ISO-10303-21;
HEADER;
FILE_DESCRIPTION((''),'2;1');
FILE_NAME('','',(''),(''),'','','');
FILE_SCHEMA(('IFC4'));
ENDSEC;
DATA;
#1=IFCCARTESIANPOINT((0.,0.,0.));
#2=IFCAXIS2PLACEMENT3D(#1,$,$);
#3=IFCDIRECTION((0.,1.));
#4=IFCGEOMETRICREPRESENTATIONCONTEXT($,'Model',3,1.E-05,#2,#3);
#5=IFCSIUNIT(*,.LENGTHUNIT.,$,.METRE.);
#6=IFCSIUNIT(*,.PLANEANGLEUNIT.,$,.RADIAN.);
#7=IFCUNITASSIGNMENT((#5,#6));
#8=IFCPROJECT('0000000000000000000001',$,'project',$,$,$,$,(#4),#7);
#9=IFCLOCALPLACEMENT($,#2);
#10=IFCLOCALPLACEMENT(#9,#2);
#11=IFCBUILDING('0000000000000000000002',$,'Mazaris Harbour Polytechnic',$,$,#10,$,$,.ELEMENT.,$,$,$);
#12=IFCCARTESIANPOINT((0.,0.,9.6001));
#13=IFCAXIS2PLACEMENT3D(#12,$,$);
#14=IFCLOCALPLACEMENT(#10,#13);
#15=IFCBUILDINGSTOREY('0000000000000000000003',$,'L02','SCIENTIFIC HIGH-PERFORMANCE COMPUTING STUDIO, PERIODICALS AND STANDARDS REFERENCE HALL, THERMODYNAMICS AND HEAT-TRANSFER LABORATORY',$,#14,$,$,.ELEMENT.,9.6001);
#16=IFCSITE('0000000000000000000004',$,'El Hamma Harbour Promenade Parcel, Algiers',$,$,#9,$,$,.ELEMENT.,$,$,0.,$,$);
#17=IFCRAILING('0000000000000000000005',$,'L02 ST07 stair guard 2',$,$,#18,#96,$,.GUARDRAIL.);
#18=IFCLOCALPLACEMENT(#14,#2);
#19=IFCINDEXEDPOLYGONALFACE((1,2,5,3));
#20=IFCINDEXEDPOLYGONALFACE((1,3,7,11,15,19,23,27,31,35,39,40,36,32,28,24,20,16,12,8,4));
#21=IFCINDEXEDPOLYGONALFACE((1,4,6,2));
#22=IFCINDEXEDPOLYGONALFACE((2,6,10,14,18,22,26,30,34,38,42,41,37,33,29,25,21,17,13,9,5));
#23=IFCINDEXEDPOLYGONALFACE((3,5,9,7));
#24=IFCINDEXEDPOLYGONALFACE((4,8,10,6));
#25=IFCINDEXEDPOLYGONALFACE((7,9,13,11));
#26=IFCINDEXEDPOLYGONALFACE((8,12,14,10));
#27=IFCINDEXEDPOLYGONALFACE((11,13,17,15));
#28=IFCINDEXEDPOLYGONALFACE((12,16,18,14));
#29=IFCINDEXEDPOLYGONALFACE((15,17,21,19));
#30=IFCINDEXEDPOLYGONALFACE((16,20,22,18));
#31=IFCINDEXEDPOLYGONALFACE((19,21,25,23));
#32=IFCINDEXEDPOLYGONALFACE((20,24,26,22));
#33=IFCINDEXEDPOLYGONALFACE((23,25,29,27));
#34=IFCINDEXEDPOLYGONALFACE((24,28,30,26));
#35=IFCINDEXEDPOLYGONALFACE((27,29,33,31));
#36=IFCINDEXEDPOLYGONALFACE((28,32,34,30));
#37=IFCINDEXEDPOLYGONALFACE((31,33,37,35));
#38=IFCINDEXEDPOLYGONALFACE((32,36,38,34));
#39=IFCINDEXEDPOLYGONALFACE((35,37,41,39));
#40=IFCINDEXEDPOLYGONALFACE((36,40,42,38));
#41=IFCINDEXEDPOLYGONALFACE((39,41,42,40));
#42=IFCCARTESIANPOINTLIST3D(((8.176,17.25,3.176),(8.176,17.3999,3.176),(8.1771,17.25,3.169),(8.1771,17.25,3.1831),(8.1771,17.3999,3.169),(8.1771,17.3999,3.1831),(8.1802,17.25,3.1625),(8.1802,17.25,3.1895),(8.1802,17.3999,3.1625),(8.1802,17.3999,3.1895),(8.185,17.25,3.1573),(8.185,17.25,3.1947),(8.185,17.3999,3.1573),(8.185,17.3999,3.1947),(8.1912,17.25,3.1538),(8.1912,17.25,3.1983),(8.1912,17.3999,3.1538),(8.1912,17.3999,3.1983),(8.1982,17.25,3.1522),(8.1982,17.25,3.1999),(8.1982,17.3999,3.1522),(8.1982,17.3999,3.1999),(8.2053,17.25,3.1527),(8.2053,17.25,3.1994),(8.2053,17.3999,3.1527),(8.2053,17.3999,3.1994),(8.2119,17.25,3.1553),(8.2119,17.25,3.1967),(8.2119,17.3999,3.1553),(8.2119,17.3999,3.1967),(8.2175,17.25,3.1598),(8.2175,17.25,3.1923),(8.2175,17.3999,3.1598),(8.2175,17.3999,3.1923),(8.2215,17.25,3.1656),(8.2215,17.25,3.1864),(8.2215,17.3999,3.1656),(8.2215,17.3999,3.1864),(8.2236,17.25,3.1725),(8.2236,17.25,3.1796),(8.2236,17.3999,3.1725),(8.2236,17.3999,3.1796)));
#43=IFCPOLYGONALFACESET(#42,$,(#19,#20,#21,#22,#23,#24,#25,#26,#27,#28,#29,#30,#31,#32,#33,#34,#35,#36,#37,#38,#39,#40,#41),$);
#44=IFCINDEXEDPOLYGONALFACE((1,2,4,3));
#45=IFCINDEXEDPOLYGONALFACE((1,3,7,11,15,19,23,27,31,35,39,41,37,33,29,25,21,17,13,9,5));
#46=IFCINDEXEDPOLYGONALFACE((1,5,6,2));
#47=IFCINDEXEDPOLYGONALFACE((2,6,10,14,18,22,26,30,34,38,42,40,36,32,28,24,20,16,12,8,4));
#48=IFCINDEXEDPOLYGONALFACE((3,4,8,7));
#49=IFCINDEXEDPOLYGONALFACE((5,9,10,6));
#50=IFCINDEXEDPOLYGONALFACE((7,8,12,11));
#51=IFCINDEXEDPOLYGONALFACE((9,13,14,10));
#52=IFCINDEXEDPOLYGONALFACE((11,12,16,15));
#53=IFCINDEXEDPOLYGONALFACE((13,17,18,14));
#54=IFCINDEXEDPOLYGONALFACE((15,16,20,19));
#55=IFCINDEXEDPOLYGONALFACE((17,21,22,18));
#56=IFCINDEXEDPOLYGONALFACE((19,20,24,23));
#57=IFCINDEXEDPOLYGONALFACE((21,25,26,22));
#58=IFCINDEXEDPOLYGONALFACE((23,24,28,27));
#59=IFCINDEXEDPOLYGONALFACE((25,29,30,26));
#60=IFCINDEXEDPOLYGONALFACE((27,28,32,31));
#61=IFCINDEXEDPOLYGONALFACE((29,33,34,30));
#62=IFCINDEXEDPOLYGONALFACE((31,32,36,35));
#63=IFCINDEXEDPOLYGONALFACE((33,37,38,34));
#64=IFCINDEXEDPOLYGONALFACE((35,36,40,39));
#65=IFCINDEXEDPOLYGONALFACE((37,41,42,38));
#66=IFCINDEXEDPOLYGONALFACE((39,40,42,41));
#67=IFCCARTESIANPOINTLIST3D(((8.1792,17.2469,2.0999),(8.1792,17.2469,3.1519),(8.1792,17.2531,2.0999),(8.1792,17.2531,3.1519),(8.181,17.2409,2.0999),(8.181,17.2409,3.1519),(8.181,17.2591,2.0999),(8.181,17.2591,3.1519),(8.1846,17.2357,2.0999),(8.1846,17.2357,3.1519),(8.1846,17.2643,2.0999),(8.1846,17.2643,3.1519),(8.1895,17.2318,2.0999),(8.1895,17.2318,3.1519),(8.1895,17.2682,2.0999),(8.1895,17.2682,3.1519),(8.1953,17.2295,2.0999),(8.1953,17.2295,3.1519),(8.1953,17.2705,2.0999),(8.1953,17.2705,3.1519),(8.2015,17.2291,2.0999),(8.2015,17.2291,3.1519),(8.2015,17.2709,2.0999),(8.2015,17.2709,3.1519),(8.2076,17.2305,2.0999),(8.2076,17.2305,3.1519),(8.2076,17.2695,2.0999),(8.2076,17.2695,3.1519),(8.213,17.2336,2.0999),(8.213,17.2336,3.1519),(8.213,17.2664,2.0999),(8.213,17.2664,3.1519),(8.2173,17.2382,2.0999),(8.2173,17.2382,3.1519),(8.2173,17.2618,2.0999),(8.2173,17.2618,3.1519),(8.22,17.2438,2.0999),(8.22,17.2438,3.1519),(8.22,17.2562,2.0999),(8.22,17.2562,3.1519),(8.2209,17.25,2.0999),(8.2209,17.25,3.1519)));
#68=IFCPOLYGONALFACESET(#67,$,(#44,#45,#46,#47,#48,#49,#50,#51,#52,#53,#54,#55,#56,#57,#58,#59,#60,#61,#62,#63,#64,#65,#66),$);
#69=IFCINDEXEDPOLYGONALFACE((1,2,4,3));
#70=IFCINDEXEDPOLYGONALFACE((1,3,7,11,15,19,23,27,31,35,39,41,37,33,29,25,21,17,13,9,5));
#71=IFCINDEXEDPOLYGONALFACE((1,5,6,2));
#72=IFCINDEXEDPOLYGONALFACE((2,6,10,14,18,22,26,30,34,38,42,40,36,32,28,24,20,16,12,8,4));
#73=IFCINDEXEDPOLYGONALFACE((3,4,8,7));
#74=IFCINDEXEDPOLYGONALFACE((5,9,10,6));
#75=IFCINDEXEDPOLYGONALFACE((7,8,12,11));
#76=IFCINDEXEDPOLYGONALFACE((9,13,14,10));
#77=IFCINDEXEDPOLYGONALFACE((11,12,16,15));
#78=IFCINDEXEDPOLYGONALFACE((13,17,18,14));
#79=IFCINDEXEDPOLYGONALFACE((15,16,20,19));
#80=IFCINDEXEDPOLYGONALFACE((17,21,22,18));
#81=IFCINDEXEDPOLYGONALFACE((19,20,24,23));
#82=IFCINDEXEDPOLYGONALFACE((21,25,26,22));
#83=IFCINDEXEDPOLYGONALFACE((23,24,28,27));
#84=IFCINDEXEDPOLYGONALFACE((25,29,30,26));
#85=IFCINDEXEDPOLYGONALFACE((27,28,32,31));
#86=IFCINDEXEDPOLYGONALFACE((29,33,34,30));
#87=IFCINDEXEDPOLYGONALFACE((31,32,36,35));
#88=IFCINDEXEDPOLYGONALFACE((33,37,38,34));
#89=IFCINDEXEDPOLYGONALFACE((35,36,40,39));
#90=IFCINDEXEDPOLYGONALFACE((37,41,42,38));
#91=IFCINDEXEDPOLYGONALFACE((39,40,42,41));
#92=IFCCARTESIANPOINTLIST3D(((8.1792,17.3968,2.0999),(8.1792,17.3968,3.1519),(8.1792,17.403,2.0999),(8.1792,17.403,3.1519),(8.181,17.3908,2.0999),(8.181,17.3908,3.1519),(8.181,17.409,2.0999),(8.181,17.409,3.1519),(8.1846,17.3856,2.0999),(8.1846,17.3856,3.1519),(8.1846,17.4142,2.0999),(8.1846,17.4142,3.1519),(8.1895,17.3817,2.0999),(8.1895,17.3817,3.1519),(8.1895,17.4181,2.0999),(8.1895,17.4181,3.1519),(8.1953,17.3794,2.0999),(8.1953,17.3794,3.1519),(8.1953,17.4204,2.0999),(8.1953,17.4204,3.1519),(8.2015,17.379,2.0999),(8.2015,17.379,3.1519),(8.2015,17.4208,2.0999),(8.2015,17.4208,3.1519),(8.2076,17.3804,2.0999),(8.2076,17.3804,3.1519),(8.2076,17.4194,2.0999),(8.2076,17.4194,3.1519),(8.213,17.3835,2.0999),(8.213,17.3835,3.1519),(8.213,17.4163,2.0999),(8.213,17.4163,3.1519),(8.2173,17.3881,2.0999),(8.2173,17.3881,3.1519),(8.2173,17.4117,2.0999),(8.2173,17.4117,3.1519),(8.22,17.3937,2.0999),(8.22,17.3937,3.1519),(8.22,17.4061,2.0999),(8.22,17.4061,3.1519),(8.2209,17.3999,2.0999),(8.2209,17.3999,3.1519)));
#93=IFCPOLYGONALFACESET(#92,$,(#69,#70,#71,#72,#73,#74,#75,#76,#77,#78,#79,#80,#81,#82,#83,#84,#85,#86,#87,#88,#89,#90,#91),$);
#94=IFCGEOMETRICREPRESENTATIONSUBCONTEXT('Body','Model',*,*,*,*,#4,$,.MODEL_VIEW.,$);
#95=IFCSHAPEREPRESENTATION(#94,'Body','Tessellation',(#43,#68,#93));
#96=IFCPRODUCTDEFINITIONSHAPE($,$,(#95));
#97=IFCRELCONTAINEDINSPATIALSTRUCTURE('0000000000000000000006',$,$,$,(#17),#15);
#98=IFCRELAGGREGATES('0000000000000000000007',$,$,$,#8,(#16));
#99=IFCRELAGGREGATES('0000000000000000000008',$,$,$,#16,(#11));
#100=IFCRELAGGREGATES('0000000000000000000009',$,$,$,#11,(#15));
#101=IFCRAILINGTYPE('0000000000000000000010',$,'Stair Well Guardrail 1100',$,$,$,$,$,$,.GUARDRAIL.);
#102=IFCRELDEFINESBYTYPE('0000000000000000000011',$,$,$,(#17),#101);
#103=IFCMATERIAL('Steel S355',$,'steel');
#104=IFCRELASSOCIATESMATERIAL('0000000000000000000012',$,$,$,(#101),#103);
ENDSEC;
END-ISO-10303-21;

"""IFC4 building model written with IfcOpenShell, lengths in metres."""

from ifc_helpers import new_model, si_unit, direction, frame, origin, origin_2d, place, context, subcontext, project, spatial, circle, extrude, material, type_object, element, save


model = new_model("IFC4")

# Units and contexts
model_context = context("Model", 3, precision=1e-05, world=origin(), true_north=direction((0.0, 1.0)))
body_context = subcontext(model_context, "Body", "Model", "MODEL_VIEW")
ifc_project = project(units=[si_unit("LENGTHUNIT", "METRE"), si_unit("PLANEANGLEUNIT", "RADIAN")], contexts=[model_context])

# Site, building, storey
site_placement = place(None, origin())
site = spatial("IfcSite", under=ifc_project, at=site_placement, Name="El Hamma Harbour Promenade Parcel, Algiers", CompositionType="ELEMENT", RefElevation=0.0)
building_placement = place(site_placement, origin())
building = spatial("IfcBuilding", under=site, at=building_placement, Name="Mazaris Harbour Polytechnic", CompositionType="ELEMENT")
storey_placement = place(building_placement, frame((0.0, 0.0, 9.6001)))
storey = spatial("IfcBuildingStorey", under=building, at=storey_placement, Name="L02", Description="SCIENTIFIC HIGH-PERFORMANCE COMPUTING STUDIO, PERIODICALS AND STANDARDS REFERENCE HALL, THERMODYNAMICS AND HEAT-TRANSFER LABORATORY", CompositionType="ELEMENT", Elevation=9.6001)

# Railing
ifc_material_1 = material(Name="Steel S355", Category="steel")
railing_type_1 = type_object("IfcRailingType", Name="Stair Well Guardrail 1100", PredefinedType="GUARDRAIL", material=ifc_material_1)
railing_1_placement = place(storey_placement, frame((8.2, 17.25, 2.0999)))
element("IfcRailing", 1, at=railing_1_placement, inside=storey, type_object=railing_type_1, Name="L02 ST07 stair guard 2", PredefinedType="GUARDRAIL", context=body_context, shape_type="SweptSolid", body=[
    extrude(circle(Radius=0.0239, at=origin_2d()), frame((0.0, 0.0, 1.0762), z_axis=(0.0, 1.0, 0.0), x_axis=(-1.0, 0.0, 0.0)), (0.0, 0.0, 1.0), 0.1499),
    extrude(circle(Radius=0.021, at=origin_2d()), origin(), (0.0, 0.0, 1.0), 1.052),
    extrude(circle(Radius=0.021, at=origin_2d()), frame((0.0, 0.1499, 0.0)), (0.0, 0.0, 1.0), 1.052),
])

save(model, "model.ifc")
